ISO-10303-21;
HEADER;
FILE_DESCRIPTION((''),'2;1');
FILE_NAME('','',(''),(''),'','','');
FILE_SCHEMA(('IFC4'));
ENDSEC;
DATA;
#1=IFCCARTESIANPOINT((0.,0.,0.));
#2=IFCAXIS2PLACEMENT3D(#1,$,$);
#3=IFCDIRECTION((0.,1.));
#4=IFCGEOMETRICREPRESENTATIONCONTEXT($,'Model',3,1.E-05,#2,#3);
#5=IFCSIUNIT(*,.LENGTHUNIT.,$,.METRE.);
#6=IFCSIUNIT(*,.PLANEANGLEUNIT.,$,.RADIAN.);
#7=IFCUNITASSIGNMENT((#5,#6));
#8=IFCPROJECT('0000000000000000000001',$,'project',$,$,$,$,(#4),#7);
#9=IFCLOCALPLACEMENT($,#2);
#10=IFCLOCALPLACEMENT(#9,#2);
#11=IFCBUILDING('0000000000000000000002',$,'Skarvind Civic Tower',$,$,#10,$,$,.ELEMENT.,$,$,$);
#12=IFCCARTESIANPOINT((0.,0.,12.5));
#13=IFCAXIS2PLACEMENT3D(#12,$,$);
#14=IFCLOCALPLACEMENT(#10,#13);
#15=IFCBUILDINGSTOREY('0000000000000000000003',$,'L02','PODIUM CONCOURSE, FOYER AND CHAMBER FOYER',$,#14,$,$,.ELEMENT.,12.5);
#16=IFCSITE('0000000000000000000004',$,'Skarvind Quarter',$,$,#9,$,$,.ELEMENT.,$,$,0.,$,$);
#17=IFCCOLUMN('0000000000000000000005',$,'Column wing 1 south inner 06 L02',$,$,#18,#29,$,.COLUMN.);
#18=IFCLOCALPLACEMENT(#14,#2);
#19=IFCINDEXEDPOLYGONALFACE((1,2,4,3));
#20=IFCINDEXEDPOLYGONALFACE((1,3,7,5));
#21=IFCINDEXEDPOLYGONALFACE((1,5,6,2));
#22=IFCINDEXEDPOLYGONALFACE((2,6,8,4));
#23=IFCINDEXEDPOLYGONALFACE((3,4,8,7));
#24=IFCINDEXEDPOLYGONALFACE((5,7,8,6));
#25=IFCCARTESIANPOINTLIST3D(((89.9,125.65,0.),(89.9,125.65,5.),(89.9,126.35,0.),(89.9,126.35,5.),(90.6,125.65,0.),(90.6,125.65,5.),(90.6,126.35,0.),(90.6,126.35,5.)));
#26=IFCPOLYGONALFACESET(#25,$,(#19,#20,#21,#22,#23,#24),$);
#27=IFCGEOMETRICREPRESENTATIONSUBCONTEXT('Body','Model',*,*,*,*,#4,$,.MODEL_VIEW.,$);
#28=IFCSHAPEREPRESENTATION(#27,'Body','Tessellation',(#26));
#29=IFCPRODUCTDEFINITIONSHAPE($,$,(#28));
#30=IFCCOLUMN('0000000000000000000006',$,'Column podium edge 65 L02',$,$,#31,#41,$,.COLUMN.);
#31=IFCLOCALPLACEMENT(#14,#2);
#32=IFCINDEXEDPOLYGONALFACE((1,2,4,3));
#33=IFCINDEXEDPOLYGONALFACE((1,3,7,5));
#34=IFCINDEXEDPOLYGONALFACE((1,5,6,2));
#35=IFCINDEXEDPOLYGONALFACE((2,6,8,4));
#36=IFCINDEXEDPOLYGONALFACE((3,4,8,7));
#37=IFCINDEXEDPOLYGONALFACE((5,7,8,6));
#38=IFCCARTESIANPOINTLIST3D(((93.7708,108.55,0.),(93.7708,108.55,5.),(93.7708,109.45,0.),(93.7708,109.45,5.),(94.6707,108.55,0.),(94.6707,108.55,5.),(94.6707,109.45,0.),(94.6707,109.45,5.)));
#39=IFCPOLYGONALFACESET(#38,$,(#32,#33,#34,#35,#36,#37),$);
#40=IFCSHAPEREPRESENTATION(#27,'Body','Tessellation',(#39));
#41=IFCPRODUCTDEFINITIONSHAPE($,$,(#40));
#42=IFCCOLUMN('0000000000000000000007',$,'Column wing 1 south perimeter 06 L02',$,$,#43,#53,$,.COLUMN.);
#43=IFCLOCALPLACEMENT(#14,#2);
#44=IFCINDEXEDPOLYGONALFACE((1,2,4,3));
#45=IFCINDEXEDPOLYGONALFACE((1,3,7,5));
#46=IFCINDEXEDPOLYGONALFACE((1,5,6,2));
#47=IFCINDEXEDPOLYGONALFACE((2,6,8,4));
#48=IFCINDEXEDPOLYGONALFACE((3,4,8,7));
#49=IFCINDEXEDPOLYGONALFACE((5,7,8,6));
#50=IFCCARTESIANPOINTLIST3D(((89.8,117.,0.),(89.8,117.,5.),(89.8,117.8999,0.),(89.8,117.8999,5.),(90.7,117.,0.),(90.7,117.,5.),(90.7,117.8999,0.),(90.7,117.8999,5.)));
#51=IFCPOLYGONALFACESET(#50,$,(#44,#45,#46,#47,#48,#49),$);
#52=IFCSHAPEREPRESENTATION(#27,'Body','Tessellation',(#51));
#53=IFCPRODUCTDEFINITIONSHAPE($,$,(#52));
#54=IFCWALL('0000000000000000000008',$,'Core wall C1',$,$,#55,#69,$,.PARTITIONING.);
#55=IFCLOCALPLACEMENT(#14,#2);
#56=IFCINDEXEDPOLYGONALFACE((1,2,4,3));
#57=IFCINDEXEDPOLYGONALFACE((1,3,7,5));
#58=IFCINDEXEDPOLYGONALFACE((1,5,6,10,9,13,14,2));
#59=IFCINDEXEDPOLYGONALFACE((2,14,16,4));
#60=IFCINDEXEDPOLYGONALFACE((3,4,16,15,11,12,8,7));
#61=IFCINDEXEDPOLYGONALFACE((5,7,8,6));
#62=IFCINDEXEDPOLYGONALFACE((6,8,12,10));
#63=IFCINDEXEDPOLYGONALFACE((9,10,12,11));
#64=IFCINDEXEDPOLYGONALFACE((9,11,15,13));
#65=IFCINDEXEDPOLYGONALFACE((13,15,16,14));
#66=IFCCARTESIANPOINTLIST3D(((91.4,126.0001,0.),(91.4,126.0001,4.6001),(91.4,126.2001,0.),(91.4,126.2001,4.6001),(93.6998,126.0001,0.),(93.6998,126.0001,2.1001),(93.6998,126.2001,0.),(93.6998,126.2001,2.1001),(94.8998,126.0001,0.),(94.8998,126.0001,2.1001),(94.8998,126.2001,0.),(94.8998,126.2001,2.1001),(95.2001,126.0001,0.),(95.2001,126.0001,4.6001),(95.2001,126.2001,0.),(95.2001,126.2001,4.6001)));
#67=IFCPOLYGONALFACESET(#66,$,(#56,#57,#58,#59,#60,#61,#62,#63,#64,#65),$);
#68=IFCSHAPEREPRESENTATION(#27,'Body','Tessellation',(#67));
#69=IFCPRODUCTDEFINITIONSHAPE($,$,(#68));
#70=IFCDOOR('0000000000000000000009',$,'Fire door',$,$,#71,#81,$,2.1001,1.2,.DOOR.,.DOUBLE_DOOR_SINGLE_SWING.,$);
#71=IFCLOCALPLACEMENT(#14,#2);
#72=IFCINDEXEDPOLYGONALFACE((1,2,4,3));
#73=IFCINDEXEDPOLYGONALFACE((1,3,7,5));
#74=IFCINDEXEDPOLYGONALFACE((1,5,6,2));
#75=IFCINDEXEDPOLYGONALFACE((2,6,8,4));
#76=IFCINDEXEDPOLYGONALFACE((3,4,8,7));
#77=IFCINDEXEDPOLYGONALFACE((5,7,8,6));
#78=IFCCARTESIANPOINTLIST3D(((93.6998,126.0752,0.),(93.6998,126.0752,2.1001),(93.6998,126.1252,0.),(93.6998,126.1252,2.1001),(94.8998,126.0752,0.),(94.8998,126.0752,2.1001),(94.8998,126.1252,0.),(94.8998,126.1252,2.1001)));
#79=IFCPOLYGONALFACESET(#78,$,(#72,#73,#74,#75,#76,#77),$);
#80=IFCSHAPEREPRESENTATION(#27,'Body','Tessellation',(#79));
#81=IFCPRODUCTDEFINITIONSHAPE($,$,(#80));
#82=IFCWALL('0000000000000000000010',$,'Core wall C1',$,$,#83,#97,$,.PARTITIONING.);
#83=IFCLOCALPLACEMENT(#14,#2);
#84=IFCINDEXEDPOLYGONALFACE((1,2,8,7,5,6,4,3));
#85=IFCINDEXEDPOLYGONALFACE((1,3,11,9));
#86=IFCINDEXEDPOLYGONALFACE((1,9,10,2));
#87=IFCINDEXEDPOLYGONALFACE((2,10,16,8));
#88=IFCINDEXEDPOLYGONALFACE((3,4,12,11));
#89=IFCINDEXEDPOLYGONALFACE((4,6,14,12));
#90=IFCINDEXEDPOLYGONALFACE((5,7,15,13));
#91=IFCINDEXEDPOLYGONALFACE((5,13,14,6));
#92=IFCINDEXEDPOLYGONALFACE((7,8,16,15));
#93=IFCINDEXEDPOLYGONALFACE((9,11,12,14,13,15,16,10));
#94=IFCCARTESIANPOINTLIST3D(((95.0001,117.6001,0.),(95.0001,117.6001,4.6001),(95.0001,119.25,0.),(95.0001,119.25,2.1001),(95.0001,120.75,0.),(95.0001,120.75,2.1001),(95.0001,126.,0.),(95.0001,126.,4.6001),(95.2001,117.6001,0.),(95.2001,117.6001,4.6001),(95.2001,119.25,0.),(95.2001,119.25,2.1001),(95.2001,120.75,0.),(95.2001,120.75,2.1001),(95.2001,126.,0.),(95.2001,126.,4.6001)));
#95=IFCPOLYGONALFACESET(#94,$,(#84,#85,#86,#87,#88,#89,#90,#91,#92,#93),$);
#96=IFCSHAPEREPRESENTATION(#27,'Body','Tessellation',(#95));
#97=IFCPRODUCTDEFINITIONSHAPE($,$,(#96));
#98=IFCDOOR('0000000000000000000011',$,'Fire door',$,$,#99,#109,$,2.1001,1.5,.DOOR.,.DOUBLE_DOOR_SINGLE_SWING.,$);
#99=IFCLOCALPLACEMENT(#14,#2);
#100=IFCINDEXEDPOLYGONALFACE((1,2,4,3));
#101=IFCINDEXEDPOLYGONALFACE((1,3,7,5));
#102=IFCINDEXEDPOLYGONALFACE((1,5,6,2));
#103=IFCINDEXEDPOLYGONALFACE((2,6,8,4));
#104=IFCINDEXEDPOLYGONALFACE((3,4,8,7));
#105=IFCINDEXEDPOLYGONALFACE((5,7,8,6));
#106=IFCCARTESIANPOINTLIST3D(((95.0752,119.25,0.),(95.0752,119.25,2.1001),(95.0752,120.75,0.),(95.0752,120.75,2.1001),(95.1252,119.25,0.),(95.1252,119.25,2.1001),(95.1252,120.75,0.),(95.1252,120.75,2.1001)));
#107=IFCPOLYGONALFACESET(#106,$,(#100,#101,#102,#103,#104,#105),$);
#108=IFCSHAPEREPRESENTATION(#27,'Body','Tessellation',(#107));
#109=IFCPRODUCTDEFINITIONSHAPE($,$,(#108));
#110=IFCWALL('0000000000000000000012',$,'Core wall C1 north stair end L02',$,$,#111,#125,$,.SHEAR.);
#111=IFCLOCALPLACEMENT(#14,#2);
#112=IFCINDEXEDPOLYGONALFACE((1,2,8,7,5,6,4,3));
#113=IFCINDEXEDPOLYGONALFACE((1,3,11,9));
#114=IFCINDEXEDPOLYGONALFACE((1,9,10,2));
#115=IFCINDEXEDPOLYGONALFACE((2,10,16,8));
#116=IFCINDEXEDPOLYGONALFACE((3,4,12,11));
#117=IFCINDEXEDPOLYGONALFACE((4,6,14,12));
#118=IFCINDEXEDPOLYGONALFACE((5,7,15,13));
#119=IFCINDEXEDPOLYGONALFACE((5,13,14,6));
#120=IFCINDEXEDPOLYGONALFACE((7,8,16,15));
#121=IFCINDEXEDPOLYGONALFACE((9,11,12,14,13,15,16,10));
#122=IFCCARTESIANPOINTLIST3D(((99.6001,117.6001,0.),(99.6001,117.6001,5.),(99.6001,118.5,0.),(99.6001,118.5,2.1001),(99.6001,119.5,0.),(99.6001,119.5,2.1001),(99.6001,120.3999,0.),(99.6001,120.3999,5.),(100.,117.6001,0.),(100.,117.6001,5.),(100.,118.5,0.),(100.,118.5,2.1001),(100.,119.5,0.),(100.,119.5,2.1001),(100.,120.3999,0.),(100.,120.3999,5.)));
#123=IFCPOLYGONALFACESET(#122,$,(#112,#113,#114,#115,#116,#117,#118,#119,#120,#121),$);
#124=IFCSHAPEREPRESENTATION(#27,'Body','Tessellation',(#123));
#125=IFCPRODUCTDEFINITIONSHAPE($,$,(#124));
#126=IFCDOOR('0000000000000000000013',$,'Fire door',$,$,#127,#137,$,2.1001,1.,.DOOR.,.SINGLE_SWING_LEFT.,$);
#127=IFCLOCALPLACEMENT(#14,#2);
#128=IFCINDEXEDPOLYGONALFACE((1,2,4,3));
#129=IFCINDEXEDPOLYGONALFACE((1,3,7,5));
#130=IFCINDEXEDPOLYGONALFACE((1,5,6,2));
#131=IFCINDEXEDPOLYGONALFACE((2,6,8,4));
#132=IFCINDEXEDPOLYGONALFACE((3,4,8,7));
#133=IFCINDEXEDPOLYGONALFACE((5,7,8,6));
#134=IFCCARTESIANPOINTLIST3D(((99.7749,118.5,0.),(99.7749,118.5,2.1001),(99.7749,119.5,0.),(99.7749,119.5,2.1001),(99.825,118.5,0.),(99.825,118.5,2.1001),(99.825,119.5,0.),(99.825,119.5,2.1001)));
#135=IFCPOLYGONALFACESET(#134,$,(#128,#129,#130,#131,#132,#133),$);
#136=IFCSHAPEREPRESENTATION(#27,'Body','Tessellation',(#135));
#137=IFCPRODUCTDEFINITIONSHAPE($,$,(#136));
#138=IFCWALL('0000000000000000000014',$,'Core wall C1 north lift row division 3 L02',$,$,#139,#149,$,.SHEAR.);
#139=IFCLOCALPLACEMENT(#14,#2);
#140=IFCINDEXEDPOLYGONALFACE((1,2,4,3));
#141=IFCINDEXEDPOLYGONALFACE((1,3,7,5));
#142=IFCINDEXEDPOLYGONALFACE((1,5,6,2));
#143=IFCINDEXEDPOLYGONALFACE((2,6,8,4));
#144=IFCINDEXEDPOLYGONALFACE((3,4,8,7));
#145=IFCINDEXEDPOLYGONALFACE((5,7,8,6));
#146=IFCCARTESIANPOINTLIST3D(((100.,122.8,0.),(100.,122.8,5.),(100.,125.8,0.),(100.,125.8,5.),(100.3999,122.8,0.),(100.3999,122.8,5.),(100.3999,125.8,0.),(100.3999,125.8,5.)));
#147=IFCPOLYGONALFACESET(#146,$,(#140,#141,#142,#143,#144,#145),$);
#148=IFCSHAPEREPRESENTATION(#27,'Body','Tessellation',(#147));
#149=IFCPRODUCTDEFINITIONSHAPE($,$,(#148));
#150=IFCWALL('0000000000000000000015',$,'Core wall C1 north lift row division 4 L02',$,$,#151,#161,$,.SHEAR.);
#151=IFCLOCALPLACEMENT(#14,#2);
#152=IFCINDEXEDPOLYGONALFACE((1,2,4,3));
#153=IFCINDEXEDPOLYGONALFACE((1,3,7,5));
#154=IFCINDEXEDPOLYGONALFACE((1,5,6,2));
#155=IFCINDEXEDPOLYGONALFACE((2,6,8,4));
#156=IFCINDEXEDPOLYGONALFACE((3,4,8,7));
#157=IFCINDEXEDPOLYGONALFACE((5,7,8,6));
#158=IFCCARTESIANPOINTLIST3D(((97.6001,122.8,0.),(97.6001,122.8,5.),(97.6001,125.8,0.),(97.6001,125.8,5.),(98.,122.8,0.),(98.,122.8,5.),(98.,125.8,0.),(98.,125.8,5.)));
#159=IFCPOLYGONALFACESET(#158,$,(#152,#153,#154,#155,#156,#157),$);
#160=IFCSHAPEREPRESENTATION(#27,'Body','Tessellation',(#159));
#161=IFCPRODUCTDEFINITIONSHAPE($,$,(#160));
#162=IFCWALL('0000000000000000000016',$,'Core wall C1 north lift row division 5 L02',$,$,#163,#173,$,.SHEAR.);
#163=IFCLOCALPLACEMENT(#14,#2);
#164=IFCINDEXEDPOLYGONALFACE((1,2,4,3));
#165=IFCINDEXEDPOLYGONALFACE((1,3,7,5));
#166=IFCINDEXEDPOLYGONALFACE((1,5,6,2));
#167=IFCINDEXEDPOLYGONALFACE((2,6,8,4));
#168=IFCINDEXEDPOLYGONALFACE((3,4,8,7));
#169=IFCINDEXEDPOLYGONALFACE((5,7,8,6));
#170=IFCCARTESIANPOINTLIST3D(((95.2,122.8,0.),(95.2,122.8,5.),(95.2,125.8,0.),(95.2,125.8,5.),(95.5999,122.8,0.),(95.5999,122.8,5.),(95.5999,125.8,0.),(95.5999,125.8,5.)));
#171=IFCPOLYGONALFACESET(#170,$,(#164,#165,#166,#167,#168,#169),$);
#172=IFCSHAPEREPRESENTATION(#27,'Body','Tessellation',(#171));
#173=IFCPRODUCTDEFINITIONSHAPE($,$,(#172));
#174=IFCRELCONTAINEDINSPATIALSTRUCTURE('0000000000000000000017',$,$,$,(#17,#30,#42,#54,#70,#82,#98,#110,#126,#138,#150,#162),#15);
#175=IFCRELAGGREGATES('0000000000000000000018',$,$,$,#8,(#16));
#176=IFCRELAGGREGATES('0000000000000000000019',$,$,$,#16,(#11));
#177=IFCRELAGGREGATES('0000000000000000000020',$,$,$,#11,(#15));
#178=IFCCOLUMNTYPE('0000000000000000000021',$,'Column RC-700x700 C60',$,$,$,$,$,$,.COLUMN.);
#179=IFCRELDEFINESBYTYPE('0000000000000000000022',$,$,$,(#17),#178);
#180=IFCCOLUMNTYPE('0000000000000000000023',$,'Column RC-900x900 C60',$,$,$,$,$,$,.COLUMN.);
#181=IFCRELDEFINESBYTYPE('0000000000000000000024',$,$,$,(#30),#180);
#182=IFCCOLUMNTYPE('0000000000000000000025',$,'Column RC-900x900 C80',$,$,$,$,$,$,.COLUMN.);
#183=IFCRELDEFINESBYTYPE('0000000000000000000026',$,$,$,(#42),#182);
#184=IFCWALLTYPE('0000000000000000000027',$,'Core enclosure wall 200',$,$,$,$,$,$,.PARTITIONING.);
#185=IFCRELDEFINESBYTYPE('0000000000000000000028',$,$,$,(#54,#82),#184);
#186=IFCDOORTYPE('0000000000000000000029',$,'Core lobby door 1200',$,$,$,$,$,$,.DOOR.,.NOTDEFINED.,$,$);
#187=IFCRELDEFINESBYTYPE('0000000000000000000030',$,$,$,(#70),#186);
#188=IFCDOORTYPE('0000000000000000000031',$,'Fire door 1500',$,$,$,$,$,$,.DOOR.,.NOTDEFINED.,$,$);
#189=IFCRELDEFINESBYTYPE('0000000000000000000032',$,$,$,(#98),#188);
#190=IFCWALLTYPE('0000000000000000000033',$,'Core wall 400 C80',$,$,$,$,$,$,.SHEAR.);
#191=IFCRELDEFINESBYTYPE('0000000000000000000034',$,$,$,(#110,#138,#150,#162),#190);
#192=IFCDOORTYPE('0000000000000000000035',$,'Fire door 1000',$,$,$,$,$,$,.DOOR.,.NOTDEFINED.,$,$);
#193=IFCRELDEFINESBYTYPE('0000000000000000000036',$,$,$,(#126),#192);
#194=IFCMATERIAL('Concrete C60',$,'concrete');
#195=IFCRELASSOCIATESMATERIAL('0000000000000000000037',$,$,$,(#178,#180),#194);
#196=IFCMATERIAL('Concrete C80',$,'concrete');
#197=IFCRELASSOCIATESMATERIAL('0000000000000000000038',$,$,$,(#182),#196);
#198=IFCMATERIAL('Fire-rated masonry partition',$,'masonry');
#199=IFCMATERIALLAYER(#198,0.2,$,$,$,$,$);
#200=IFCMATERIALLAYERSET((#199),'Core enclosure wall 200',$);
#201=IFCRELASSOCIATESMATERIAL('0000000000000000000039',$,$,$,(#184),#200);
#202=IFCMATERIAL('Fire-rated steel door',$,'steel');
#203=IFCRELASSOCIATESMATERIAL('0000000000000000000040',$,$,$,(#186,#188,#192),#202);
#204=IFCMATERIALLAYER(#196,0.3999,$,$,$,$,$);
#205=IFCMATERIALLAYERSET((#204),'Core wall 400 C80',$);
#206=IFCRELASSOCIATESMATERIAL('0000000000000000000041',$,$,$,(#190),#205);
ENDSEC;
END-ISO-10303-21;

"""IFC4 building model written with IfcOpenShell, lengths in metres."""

from ifc_helpers import new_model, si_unit, direction, frame, frame_2d, origin, origin_2d, place, context, subcontext, project, spatial, rectangle, extrude, material, layer, layer_set, material_profile, profile_set, type_object, element, fill, save


model = new_model("IFC4")

# Units and contexts
model_context = context("Model", 3, precision=1e-05, world=origin(), true_north=direction((0.0, 1.0)))
body_context = subcontext(model_context, "Body", "Model", "MODEL_VIEW")
ifc_project = project(units=[si_unit("LENGTHUNIT", "METRE"), si_unit("PLANEANGLEUNIT", "RADIAN")], contexts=[model_context])

# Site, building, storey
site_placement = place(None, origin())
site = spatial("IfcSite", under=ifc_project, at=site_placement, Name="Skarvind Quarter", CompositionType="ELEMENT", RefElevation=0.0)
building_placement = place(site_placement, origin())
building = spatial("IfcBuilding", under=site, at=building_placement, Name="Skarvind Civic Tower", CompositionType="ELEMENT")
storey_placement = place(building_placement, frame((0.0, 0.0, 12.5)))
storey = spatial("IfcBuildingStorey", under=building, at=storey_placement, Name="L02", Description="PODIUM CONCOURSE, FOYER AND CHAMBER FOYER", CompositionType="ELEMENT", Elevation=12.5)

# Columns
ifc_material_1 = material(Name="Concrete C60", Category="concrete")
ifc_material_profile_1 = material_profile(ifc_material_1, rectangle(XDim=0.7, YDim=0.7, at=origin_2d()), Name="RC-700x700")
ifc_profile_set_1 = profile_set([ifc_material_profile_1], Name="Concrete C60")
column_type_1 = type_object("IfcColumnType", Name="Column RC-700x700 C60", PredefinedType="COLUMN", material=ifc_profile_set_1)
column_1_placement = place(storey_placement, frame((90.25, 126.0, 0.0), z_axis=(0.0, 0.0, 1.0), x_axis=(1.0, 0.0, 0.0)))
element("IfcColumn", 1, at=column_1_placement, inside=storey, type_object=column_type_1, Name="Column wing 1 south inner 06 L02", PredefinedType="COLUMN", context=body_context, shape_type="SweptSolid", body=[
    extrude(rectangle(XDim=0.7, YDim=0.7, at=origin_2d()), origin(), (0.0, 0.0, 1.0), 5.0),
])
ifc_material_profile_2 = material_profile(ifc_material_1, rectangle(XDim=0.8999, YDim=0.8999, at=origin_2d()), Name="RC-900x900")
ifc_profile_set_2 = profile_set([ifc_material_profile_2], Name="Concrete C60")
column_type_2 = type_object("IfcColumnType", Name="Column RC-900x900 C60", PredefinedType="COLUMN", material=ifc_profile_set_2)
column_2_placement = place(storey_placement, frame((94.2207, 109.0, 0.0), z_axis=(0.0, 0.0, 1.0), x_axis=(1.0, 0.0, 0.0)))
element("IfcColumn", 2, at=column_2_placement, inside=storey, type_object=column_type_2, Name="Column podium edge 65 L02", PredefinedType="COLUMN", context=body_context, shape_type="SweptSolid", body=[
    extrude(rectangle(XDim=0.8999, YDim=0.8999, at=origin_2d()), origin(), (0.0, 0.0, 1.0), 5.0),
])
ifc_material_2 = material(Name="Concrete C80", Category="concrete")
ifc_material_profile_3 = material_profile(ifc_material_2, rectangle(XDim=0.8999, YDim=0.8999, at=origin_2d()), Name="RC-900x900")
ifc_profile_set_3 = profile_set([ifc_material_profile_3], Name="Concrete C80")
column_type_3 = type_object("IfcColumnType", Name="Column RC-900x900 C80", PredefinedType="COLUMN", material=ifc_profile_set_3)
column_3_placement = place(storey_placement, frame((90.25, 117.45, 0.0), z_axis=(0.0, 0.0, 1.0), x_axis=(1.0, 0.0, 0.0)))
element("IfcColumn", 3, at=column_3_placement, inside=storey, type_object=column_type_3, Name="Column wing 1 south perimeter 06 L02", PredefinedType="COLUMN", context=body_context, shape_type="SweptSolid", body=[
    extrude(rectangle(XDim=0.8999, YDim=0.8999, at=origin_2d()), origin(), (0.0, 0.0, 1.0), 5.0),
])

# Walls, openings, doors
ifc_material_3 = material(Name="Fire-rated masonry partition", Category="masonry")
ifc_layer_1 = layer(ifc_material_3, 0.2)
ifc_layer_set_1 = layer_set([ifc_layer_1], Name="Core enclosure wall 200")
wall_type_1 = type_object("IfcWallType", Name="Core enclosure wall 200", PredefinedType="PARTITIONING", material=ifc_layer_set_1)
wall_1_placement = place(storey_placement, frame((95.2, 126.1001, 0.0), z_axis=(0.0, 0.0, 1.0), x_axis=(-1.0, 0.0, 0.0)))
wall_1 = element("IfcWall", 4, at=wall_1_placement, inside=storey, type_object=wall_type_1, Name="Core wall C1", PredefinedType="PARTITIONING", context=body_context, shape_type="SweptSolid", body=[
    extrude(rectangle(XDim=3.8, YDim=0.2, at=frame_2d((1.8999, 0.0))), origin(), (0.0, 0.0, 1.0), 4.6001),
])
opening_1_placement = place(wall_1_placement, frame((0.3, 0.0, 0.0)))
opening_1 = element("IfcOpeningElement", 5, at=opening_1_placement, cuts=wall_1, PredefinedType="OPENING", context=body_context, shape_type="SweptSolid", body=[
    extrude(rectangle(XDim=1.2, YDim=2.1001, at=frame_2d((0.6001, 1.05))), frame((0.0, 0.1099, 0.0), z_axis=(0.0, -1.0, 0.0), x_axis=(1.0, 0.0, 0.0)), (0.0, 0.0, 1.0), 0.22),
])
ifc_material_4 = material(Name="Fire-rated steel door", Category="steel")
door_type_1 = type_object("IfcDoorType", Name="Core lobby door 1200", OperationType="NOTDEFINED", PredefinedType="DOOR", material=ifc_material_4)
door_1_placement = place(opening_1_placement, origin())
door_1 = element("IfcDoor", 6, at=door_1_placement, inside=storey, type_object=door_type_1, Name="Fire door", OperationType="DOUBLE_DOOR_SINGLE_SWING", OverallHeight=2.1001, OverallWidth=1.2, PredefinedType="DOOR", context=body_context, shape_type="SweptSolid", body=[
    extrude(rectangle(XDim=1.2, YDim=2.1001, at=frame_2d((0.6001, 1.05))), frame((0.0, 0.0249, 0.0), z_axis=(0.0, -1.0, 0.0), x_axis=(1.0, 0.0, 0.0)), (0.0, 0.0, 1.0), 0.05),
])
fill(opening_1, door_1)
wall_2_placement = place(storey_placement, frame((95.1001, 117.6001, 0.0), z_axis=(0.0, 0.0, 1.0), x_axis=(0.0, 1.0, 0.0)))
wall_2 = element("IfcWall", 7, at=wall_2_placement, inside=storey, type_object=wall_type_1, Name="Core wall C1", PredefinedType="PARTITIONING", context=body_context, shape_type="SweptSolid", body=[
    extrude(rectangle(XDim=8.3999, YDim=0.2, at=frame_2d((4.2, 0.0))), origin(), (0.0, 0.0, 1.0), 4.6001),
])
opening_2_placement = place(wall_2_placement, frame((1.6499, 0.0, 0.0)))
opening_2 = element("IfcOpeningElement", 8, at=opening_2_placement, cuts=wall_2, PredefinedType="OPENING", context=body_context, shape_type="SweptSolid", body=[
    extrude(rectangle(XDim=1.5, YDim=2.1001, at=frame_2d((0.75, 1.05))), frame((0.0, 0.1099, 0.0), z_axis=(0.0, -1.0, 0.0), x_axis=(1.0, 0.0, 0.0)), (0.0, 0.0, 1.0), 0.22),
])
door_type_2 = type_object("IfcDoorType", Name="Fire door 1500", OperationType="NOTDEFINED", PredefinedType="DOOR", material=ifc_material_4)
door_2_placement = place(opening_2_placement, origin())
door_2 = element("IfcDoor", 9, at=door_2_placement, inside=storey, type_object=door_type_2, Name="Fire door", OperationType="DOUBLE_DOOR_SINGLE_SWING", OverallHeight=2.1001, OverallWidth=1.5, PredefinedType="DOOR", context=body_context, shape_type="SweptSolid", body=[
    extrude(rectangle(XDim=1.5, YDim=2.1001, at=frame_2d((0.75, 1.05))), frame((0.0, 0.0249, 0.0), z_axis=(0.0, -1.0, 0.0), x_axis=(1.0, 0.0, 0.0)), (0.0, 0.0, 1.0), 0.05),
])
fill(opening_2, door_2)
ifc_layer_2 = layer(ifc_material_2, 0.3999)
ifc_layer_set_2 = layer_set([ifc_layer_2], Name="Core wall 400 C80")
wall_type_2 = type_object("IfcWallType", Name="Core wall 400 C80", PredefinedType="SHEAR", material=ifc_layer_set_2)
wall_3_placement = place(storey_placement, frame((99.8, 120.3999, 0.0), z_axis=(0.0, 0.0, 1.0), x_axis=(0.0, -1.0, 0.0)))
wall_3 = element("IfcWall", 10, at=wall_3_placement, inside=storey, type_object=wall_type_2, Name="Core wall C1 north stair end L02", PredefinedType="SHEAR", context=body_context, shape_type="SweptSolid", body=[
    extrude(rectangle(XDim=2.7998, YDim=0.3999, at=frame_2d((1.3999, 0.0))), origin(), (0.0, 0.0, 1.0), 5.0),
])
opening_3_placement = place(wall_3_placement, frame((0.8999, 0.0, 0.0)))
opening_3 = element("IfcOpeningElement", 11, at=opening_3_placement, cuts=wall_3, PredefinedType="OPENING", context=body_context, shape_type="SweptSolid", body=[
    extrude(rectangle(XDim=1.0, YDim=2.1001, at=frame_2d((0.5, 1.05))), frame((0.0, 0.21, 0.0), z_axis=(0.0, -1.0, 0.0), x_axis=(1.0, 0.0, 0.0)), (0.0, 0.0, 1.0), 0.4199),
])
door_type_3 = type_object("IfcDoorType", Name="Fire door 1000", OperationType="NOTDEFINED", PredefinedType="DOOR", material=ifc_material_4)
door_3_placement = place(opening_3_placement, origin())
door_3 = element("IfcDoor", 12, at=door_3_placement, inside=storey, type_object=door_type_3, Name="Fire door", OperationType="SINGLE_SWING_LEFT", OverallHeight=2.1001, OverallWidth=1.0, PredefinedType="DOOR", context=body_context, shape_type="SweptSolid", body=[
    extrude(rectangle(XDim=1.0, YDim=2.1001, at=frame_2d((0.5, 1.05))), frame((0.0, 0.0249, 0.0), z_axis=(0.0, -1.0, 0.0), x_axis=(1.0, 0.0, 0.0)), (0.0, 0.0, 1.0), 0.05),
])
fill(opening_3, door_3)

# Walls
for number, where, z_axis, x_axis, name in (
    (13, (100.2, 125.8, 0.0), (0.0, 0.0, 1.0), (0.0, -1.0, 0.0), "Core wall C1 north lift row division 3 L02"),
    (14, (97.8, 125.8, 0.0), (0.0, 0.0, 1.0), (0.0, -1.0, 0.0), "Core wall C1 north lift row division 4 L02"),
    (15, (95.3999, 125.8, 0.0), (0.0, 0.0, 1.0), (0.0, -1.0, 0.0), "Core wall C1 north lift row division 5 L02"),
):
    element("IfcWall", number, at=place(storey_placement, frame(where, z_axis=z_axis, x_axis=x_axis)), inside=storey, type_object=wall_type_2, Name=name, PredefinedType="SHEAR", context=body_context, shape_type="SweptSolid", body=[
        extrude(rectangle(XDim=3.0, YDim=0.3999, at=frame_2d((1.5, 0.0))), origin(), (0.0, 0.0, 1.0), 5.0),
    ])

save(model, "model.ifc")
